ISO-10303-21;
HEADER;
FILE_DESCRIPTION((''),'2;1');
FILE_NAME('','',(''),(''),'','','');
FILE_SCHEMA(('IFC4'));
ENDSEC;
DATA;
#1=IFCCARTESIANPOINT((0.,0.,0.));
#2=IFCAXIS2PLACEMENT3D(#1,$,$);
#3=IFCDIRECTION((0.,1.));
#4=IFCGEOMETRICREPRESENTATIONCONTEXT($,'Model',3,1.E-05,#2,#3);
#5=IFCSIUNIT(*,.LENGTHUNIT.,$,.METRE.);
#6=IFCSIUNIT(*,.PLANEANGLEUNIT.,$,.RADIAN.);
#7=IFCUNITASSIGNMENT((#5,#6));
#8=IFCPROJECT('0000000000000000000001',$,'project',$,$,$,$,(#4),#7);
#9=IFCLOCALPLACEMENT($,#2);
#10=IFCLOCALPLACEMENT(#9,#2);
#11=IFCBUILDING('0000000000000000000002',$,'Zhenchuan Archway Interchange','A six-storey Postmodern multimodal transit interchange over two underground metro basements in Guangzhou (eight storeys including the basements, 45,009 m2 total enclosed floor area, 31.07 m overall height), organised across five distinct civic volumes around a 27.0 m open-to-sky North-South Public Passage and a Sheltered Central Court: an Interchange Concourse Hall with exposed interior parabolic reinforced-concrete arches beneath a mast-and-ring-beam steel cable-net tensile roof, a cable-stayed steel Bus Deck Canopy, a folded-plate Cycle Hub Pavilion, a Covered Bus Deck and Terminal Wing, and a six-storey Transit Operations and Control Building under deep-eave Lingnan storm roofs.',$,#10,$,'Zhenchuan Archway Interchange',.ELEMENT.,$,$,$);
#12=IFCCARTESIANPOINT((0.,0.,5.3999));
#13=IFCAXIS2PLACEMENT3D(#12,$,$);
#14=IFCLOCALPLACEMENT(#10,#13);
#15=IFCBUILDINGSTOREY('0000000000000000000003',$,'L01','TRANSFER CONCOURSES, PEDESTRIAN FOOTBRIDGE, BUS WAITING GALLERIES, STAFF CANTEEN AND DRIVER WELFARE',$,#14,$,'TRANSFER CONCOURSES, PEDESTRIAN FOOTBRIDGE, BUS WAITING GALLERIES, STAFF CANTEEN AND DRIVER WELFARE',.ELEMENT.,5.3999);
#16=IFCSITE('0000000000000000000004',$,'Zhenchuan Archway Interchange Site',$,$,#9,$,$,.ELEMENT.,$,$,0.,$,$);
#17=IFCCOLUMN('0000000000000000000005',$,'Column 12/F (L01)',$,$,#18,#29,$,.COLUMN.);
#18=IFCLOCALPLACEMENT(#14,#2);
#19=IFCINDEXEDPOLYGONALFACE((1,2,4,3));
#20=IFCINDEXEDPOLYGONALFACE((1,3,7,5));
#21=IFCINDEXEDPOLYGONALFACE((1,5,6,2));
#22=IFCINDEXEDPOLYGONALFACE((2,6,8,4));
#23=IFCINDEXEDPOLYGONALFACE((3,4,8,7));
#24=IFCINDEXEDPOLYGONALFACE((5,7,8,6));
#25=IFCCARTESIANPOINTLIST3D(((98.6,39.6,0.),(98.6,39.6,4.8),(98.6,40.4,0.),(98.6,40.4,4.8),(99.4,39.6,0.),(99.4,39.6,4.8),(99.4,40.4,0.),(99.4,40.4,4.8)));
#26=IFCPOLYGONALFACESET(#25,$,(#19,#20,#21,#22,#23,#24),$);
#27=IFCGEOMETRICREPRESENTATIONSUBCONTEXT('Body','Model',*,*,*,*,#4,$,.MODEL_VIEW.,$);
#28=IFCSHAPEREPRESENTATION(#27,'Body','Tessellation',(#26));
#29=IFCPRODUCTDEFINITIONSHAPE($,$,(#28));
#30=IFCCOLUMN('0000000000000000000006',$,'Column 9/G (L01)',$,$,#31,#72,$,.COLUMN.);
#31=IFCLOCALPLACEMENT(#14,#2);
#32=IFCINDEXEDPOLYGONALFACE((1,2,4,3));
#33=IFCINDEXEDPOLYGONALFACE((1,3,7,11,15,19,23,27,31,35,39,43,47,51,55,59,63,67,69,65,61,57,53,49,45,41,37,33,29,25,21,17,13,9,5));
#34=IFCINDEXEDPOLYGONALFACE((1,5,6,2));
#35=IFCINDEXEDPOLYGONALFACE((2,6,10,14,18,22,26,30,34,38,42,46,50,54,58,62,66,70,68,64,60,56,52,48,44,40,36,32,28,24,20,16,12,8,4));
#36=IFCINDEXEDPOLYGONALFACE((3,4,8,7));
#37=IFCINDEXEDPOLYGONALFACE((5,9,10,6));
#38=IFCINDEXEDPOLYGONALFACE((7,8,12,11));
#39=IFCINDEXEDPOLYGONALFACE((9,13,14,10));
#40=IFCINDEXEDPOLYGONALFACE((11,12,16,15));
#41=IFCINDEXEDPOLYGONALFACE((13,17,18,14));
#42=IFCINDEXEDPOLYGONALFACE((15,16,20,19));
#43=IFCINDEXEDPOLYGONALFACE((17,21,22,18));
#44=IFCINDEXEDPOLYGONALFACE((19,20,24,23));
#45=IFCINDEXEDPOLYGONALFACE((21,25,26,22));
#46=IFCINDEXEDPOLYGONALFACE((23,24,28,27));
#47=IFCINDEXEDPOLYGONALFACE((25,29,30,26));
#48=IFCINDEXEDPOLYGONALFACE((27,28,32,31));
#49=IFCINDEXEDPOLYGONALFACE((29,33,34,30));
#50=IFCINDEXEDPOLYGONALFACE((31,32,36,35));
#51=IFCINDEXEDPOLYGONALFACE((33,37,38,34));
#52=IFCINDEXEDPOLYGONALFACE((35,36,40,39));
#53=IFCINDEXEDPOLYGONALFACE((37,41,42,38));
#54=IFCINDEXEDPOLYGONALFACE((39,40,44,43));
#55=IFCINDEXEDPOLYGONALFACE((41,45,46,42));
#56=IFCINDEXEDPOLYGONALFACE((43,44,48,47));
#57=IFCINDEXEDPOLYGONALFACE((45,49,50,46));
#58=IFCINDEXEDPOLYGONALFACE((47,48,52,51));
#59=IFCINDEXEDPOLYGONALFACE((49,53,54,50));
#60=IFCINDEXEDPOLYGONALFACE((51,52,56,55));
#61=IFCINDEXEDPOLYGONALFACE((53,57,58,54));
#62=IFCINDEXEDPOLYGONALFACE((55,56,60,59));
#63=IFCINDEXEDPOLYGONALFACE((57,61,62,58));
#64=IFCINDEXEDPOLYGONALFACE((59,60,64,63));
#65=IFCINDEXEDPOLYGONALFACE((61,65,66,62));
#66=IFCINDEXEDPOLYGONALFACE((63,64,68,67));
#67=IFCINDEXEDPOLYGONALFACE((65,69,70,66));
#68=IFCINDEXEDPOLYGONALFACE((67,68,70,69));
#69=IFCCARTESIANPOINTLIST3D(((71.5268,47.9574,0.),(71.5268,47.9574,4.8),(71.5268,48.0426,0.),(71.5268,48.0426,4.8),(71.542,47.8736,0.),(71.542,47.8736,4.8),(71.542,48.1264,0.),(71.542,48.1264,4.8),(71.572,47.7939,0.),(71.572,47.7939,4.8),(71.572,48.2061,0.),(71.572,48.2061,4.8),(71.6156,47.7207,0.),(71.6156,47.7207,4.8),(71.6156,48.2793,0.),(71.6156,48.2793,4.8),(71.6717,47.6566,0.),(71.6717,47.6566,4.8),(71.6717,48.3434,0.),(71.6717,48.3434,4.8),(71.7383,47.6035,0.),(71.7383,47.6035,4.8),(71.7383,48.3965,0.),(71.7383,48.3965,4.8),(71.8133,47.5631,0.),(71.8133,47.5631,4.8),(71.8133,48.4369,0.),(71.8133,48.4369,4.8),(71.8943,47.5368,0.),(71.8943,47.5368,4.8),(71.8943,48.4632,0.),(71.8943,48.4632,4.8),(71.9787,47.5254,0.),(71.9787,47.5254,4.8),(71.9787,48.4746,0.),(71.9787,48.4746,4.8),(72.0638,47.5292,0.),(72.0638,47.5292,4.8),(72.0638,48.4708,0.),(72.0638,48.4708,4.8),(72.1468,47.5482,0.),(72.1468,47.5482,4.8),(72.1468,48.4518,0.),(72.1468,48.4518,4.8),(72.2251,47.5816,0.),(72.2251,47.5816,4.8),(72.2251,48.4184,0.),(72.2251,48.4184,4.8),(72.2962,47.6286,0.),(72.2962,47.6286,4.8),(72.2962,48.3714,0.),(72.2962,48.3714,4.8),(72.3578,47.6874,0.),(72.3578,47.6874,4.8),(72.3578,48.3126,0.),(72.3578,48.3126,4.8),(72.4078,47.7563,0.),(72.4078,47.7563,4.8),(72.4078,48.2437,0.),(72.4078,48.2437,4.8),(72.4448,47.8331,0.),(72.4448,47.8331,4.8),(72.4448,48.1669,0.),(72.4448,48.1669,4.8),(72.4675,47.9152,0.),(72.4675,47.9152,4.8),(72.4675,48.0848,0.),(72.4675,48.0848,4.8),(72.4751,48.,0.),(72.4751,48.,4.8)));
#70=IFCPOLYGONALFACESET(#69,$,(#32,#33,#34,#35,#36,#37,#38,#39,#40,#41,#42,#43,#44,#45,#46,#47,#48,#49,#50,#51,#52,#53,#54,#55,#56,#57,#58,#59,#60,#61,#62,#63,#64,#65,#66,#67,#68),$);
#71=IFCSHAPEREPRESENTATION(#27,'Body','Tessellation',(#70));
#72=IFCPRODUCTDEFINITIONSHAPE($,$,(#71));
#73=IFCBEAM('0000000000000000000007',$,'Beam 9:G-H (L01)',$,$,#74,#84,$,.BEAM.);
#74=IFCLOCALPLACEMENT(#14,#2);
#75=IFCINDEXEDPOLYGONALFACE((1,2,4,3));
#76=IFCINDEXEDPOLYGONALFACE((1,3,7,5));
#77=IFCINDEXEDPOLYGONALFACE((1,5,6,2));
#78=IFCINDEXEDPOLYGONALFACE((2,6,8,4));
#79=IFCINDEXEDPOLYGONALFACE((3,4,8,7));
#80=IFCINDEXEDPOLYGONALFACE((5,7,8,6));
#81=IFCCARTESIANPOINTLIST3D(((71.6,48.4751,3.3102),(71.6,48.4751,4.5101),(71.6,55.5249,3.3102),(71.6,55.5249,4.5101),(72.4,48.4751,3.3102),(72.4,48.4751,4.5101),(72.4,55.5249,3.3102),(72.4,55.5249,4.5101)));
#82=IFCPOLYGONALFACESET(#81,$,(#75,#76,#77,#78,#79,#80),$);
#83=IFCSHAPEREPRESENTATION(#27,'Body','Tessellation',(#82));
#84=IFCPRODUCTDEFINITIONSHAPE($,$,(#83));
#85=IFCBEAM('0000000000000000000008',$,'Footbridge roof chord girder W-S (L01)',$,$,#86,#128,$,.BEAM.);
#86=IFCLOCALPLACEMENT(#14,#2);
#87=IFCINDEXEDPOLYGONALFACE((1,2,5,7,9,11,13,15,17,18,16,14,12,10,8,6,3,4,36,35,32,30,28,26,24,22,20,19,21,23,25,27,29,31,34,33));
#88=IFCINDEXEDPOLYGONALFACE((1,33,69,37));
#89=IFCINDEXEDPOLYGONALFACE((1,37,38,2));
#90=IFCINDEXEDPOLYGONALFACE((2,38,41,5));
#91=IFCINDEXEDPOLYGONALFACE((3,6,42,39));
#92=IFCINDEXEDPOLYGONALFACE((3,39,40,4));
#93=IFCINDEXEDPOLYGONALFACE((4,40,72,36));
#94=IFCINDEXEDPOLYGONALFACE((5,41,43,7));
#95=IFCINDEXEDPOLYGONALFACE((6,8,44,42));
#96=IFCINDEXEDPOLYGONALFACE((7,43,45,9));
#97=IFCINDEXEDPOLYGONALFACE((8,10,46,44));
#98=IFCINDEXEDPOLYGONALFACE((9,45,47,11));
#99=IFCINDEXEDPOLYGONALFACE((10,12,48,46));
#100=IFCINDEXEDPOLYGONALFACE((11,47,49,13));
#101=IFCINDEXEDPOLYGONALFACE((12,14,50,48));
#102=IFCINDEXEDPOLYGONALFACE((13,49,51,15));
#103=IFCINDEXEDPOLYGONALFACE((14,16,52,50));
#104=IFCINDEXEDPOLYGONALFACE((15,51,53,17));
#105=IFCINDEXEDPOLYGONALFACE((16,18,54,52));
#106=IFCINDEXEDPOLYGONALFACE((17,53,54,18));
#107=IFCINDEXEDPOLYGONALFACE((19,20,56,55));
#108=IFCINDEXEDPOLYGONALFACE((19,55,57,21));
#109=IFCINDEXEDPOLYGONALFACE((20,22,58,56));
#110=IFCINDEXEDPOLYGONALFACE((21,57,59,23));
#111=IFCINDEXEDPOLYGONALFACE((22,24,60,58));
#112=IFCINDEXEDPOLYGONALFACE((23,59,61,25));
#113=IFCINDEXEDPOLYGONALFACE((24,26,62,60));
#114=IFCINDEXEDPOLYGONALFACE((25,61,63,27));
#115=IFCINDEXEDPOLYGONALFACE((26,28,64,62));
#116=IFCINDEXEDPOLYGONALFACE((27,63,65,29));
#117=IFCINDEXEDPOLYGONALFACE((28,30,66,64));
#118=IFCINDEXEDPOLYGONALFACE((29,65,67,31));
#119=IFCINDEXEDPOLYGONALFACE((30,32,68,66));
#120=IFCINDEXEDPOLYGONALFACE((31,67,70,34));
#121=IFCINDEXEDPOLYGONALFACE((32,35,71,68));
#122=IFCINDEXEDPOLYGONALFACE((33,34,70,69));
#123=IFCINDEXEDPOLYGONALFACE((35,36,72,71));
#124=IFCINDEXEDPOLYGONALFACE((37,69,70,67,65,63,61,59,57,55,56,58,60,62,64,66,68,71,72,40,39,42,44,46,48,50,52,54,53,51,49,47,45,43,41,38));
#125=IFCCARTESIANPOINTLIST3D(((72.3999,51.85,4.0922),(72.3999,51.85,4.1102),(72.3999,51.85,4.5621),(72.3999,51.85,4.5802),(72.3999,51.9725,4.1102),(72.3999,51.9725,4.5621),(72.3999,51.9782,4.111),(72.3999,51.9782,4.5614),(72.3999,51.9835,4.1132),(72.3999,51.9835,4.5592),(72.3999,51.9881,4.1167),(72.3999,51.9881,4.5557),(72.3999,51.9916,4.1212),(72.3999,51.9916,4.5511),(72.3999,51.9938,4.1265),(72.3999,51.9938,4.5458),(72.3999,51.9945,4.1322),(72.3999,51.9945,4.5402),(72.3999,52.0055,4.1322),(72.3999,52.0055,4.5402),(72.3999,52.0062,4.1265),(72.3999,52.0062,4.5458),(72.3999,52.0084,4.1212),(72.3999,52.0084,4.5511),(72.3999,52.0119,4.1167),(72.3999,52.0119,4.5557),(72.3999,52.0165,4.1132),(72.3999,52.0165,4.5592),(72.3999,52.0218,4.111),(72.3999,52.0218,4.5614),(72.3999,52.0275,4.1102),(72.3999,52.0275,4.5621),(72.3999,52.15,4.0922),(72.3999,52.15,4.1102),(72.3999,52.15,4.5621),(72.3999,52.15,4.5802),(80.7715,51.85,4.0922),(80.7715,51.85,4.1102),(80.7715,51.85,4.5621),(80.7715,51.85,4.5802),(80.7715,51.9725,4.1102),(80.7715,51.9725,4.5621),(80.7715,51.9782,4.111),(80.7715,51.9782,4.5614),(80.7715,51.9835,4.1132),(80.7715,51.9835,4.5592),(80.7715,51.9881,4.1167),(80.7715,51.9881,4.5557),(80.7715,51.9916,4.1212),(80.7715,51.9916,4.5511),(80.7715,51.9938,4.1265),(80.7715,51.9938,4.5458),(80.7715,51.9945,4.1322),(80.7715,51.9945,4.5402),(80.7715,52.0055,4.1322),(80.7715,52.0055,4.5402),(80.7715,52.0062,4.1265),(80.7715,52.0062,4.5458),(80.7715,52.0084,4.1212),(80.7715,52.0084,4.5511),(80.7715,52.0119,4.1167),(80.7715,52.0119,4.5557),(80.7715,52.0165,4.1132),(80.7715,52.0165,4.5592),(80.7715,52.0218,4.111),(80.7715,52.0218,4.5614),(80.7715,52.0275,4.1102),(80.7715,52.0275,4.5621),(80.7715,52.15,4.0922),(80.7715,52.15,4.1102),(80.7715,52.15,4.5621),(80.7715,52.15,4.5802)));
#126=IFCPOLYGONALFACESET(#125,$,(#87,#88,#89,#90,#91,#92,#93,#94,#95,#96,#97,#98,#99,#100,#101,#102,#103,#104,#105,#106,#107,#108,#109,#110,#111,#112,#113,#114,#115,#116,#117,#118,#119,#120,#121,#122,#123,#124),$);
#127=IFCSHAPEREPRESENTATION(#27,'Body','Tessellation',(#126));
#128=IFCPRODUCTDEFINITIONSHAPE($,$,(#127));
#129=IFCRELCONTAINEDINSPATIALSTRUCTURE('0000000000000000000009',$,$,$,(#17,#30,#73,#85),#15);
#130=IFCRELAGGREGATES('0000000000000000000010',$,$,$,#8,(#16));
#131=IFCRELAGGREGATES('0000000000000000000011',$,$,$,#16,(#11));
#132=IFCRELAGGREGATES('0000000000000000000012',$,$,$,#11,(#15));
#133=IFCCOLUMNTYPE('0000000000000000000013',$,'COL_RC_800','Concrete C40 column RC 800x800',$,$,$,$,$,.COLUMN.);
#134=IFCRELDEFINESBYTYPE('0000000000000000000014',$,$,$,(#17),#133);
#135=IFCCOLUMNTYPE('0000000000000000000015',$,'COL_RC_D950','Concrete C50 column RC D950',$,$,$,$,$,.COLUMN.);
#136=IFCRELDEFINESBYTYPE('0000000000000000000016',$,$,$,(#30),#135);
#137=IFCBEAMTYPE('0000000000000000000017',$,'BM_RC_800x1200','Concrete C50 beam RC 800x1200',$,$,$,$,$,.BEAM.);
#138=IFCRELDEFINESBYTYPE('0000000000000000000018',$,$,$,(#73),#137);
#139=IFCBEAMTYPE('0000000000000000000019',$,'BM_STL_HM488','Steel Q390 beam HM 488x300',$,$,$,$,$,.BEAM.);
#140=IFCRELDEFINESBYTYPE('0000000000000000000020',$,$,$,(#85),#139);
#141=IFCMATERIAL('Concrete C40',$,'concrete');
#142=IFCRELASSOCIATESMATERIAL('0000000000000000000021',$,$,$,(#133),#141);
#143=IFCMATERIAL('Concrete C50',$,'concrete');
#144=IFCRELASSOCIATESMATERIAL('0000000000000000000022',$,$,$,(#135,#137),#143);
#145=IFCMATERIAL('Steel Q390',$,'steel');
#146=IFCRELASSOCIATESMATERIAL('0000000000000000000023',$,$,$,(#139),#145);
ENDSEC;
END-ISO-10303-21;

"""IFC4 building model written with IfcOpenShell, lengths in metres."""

from ifc_helpers import new_model, si_unit, direction, frame, origin, origin_2d, place, context, subcontext, project, spatial, rectangle, circle, i_section, extrude, material, material_profile, profile_set, type_object, element, save


model = new_model("IFC4")

# Units and contexts
model_context = context("Model", 3, precision=1e-05, world=origin(), true_north=direction((0.0, 1.0)))
body_context = subcontext(model_context, "Body", "Model", "MODEL_VIEW")
ifc_project = project(units=[si_unit("LENGTHUNIT", "METRE"), si_unit("PLANEANGLEUNIT", "RADIAN")], contexts=[model_context])

# Site, building, storey
site_placement = place(None, origin())
site = spatial("IfcSite", under=ifc_project, at=site_placement, Name="Zhenchuan Archway Interchange Site", CompositionType="ELEMENT", RefElevation=0.0)
building_placement = place(site_placement, origin())
building = spatial("IfcBuilding", under=site, at=building_placement, Name="Zhenchuan Archway Interchange", Description="A six-storey Postmodern multimodal transit interchange over two underground metro basements in Guangzhou (eight storeys including the basements, 45,009 m2 total enclosed floor area, 31.07 m overall height), organised across five distinct civic volumes around a 27.0 m open-to-sky North-South Public Passage and a Sheltered Central Court: an Interchange Concourse Hall with exposed interior parabolic reinforced-concrete arches beneath a mast-and-ring-beam steel cable-net tensile roof, a cable-stayed steel Bus Deck Canopy, a folded-plate Cycle Hub Pavilion, a Covered Bus Deck and Terminal Wing, and a six-storey Transit Operations and Control Building under deep-eave Lingnan storm roofs.", LongName="Zhenchuan Archway Interchange", CompositionType="ELEMENT")
storey_placement = place(building_placement, frame((0.0, 0.0, 5.3999)))
storey = spatial("IfcBuildingStorey", under=building, at=storey_placement, Name="L01", Description="TRANSFER CONCOURSES, PEDESTRIAN FOOTBRIDGE, BUS WAITING GALLERIES, STAFF CANTEEN AND DRIVER WELFARE", LongName="TRANSFER CONCOURSES, PEDESTRIAN FOOTBRIDGE, BUS WAITING GALLERIES, STAFF CANTEEN AND DRIVER WELFARE", CompositionType="ELEMENT", Elevation=5.3999)

# Columns
ifc_material_1 = material(Name="Concrete C40", Category="concrete")
ifc_material_profile_1 = material_profile(ifc_material_1, rectangle(XDim=0.8, YDim=0.8, at=origin_2d()), Name="RC 800x800")
ifc_profile_set_1 = profile_set([ifc_material_profile_1], Name="Concrete C40")
column_type_1 = type_object("IfcColumnType", Name="COL_RC_800", Description="Concrete C40 column RC 800x800", PredefinedType="COLUMN", material=ifc_profile_set_1)
column_1_placement = place(storey_placement, frame((99.0, 40.0, 0.0), z_axis=(0.0, 0.0, 1.0), x_axis=(1.0, 0.0, 0.0)))
element("IfcColumn", 1, at=column_1_placement, inside=storey, type_object=column_type_1, Name="Column 12/F (L01)", PredefinedType="COLUMN", context=body_context, shape_type="SweptSolid", body=[
    extrude(rectangle(XDim=0.8, YDim=0.8, at=origin_2d()), origin(), (0.0, 0.0, 1.0), 4.8),
])
ifc_material_2 = material(Name="Concrete C50", Category="concrete")
ifc_material_profile_2 = material_profile(ifc_material_2, circle(Radius=0.4751, at=origin_2d()), Name="RC D950")
ifc_profile_set_2 = profile_set([ifc_material_profile_2], Name="Concrete C50")
column_type_2 = type_object("IfcColumnType", Name="COL_RC_D950", Description="Concrete C50 column RC D950", PredefinedType="COLUMN", material=ifc_profile_set_2)
column_2_placement = place(storey_placement, frame((72.0, 48.0, 0.0), z_axis=(0.0, 0.0, 1.0), x_axis=(1.0, 0.0, 0.0)))
element("IfcColumn", 2, at=column_2_placement, inside=storey, type_object=column_type_2, Name="Column 9/G (L01)", PredefinedType="COLUMN", context=body_context, shape_type="SweptSolid", body=[
    extrude(circle(Radius=0.4751, at=origin_2d()), origin(), (0.0, 0.0, 1.0), 4.8),
])

# Beams
ifc_material_profile_3 = material_profile(ifc_material_2, rectangle(XDim=0.8, YDim=1.2, at=origin_2d()), Name="RC 800x1200")
ifc_profile_set_3 = profile_set([ifc_material_profile_3], Name="Concrete C50")
beam_type_1 = type_object("IfcBeamType", Name="BM_RC_800x1200", Description="Concrete C50 beam RC 800x1200", PredefinedType="BEAM", material=ifc_profile_set_3)
beam_1_placement = place(storey_placement, frame((72.0, 48.4751, 3.9102), z_axis=(0.0, 1.0, 0.0), x_axis=(-1.0, 0.0, 0.0)))
element("IfcBeam", 3, at=beam_1_placement, inside=storey, type_object=beam_type_1, Name="Beam 9:G-H (L01)", PredefinedType="BEAM", context=body_context, shape_type="SweptSolid", body=[
    extrude(rectangle(XDim=0.8, YDim=1.2, at=origin_2d()), origin(), (0.0, 0.0, 1.0), 7.0498),
])
ifc_material_3 = material(Name="Steel Q390", Category="steel")
ifc_material_profile_4 = material_profile(ifc_material_3, i_section(OverallWidth=0.3, OverallDepth=0.488, WebThickness=0.011, FlangeThickness=0.0181, FilletRadius=0.022, at=origin_2d()), Name="HM 488x300")
ifc_profile_set_4 = profile_set([ifc_material_profile_4], Name="Steel Q390")
beam_type_2 = type_object("IfcBeamType", Name="BM_STL_HM488", Description="Steel Q390 beam HM 488x300", PredefinedType="BEAM", material=ifc_profile_set_4)
beam_2_placement = place(storey_placement, frame((72.3999, 52.0, 4.3362), z_axis=(1.0, 0.0, 0.0), x_axis=(0.0, 1.0, 0.0)))
element("IfcBeam", 4, at=beam_2_placement, inside=storey, type_object=beam_type_2, Name="Footbridge roof chord girder W-S (L01)", PredefinedType="BEAM", context=body_context, shape_type="SweptSolid", body=[
    extrude(i_section(OverallWidth=0.3, OverallDepth=0.488, WebThickness=0.011, FlangeThickness=0.0181, FilletRadius=0.022, at=origin_2d()), origin(), (0.0, 0.0, 1.0), 8.3716),
])

save(model, "model.ifc")
